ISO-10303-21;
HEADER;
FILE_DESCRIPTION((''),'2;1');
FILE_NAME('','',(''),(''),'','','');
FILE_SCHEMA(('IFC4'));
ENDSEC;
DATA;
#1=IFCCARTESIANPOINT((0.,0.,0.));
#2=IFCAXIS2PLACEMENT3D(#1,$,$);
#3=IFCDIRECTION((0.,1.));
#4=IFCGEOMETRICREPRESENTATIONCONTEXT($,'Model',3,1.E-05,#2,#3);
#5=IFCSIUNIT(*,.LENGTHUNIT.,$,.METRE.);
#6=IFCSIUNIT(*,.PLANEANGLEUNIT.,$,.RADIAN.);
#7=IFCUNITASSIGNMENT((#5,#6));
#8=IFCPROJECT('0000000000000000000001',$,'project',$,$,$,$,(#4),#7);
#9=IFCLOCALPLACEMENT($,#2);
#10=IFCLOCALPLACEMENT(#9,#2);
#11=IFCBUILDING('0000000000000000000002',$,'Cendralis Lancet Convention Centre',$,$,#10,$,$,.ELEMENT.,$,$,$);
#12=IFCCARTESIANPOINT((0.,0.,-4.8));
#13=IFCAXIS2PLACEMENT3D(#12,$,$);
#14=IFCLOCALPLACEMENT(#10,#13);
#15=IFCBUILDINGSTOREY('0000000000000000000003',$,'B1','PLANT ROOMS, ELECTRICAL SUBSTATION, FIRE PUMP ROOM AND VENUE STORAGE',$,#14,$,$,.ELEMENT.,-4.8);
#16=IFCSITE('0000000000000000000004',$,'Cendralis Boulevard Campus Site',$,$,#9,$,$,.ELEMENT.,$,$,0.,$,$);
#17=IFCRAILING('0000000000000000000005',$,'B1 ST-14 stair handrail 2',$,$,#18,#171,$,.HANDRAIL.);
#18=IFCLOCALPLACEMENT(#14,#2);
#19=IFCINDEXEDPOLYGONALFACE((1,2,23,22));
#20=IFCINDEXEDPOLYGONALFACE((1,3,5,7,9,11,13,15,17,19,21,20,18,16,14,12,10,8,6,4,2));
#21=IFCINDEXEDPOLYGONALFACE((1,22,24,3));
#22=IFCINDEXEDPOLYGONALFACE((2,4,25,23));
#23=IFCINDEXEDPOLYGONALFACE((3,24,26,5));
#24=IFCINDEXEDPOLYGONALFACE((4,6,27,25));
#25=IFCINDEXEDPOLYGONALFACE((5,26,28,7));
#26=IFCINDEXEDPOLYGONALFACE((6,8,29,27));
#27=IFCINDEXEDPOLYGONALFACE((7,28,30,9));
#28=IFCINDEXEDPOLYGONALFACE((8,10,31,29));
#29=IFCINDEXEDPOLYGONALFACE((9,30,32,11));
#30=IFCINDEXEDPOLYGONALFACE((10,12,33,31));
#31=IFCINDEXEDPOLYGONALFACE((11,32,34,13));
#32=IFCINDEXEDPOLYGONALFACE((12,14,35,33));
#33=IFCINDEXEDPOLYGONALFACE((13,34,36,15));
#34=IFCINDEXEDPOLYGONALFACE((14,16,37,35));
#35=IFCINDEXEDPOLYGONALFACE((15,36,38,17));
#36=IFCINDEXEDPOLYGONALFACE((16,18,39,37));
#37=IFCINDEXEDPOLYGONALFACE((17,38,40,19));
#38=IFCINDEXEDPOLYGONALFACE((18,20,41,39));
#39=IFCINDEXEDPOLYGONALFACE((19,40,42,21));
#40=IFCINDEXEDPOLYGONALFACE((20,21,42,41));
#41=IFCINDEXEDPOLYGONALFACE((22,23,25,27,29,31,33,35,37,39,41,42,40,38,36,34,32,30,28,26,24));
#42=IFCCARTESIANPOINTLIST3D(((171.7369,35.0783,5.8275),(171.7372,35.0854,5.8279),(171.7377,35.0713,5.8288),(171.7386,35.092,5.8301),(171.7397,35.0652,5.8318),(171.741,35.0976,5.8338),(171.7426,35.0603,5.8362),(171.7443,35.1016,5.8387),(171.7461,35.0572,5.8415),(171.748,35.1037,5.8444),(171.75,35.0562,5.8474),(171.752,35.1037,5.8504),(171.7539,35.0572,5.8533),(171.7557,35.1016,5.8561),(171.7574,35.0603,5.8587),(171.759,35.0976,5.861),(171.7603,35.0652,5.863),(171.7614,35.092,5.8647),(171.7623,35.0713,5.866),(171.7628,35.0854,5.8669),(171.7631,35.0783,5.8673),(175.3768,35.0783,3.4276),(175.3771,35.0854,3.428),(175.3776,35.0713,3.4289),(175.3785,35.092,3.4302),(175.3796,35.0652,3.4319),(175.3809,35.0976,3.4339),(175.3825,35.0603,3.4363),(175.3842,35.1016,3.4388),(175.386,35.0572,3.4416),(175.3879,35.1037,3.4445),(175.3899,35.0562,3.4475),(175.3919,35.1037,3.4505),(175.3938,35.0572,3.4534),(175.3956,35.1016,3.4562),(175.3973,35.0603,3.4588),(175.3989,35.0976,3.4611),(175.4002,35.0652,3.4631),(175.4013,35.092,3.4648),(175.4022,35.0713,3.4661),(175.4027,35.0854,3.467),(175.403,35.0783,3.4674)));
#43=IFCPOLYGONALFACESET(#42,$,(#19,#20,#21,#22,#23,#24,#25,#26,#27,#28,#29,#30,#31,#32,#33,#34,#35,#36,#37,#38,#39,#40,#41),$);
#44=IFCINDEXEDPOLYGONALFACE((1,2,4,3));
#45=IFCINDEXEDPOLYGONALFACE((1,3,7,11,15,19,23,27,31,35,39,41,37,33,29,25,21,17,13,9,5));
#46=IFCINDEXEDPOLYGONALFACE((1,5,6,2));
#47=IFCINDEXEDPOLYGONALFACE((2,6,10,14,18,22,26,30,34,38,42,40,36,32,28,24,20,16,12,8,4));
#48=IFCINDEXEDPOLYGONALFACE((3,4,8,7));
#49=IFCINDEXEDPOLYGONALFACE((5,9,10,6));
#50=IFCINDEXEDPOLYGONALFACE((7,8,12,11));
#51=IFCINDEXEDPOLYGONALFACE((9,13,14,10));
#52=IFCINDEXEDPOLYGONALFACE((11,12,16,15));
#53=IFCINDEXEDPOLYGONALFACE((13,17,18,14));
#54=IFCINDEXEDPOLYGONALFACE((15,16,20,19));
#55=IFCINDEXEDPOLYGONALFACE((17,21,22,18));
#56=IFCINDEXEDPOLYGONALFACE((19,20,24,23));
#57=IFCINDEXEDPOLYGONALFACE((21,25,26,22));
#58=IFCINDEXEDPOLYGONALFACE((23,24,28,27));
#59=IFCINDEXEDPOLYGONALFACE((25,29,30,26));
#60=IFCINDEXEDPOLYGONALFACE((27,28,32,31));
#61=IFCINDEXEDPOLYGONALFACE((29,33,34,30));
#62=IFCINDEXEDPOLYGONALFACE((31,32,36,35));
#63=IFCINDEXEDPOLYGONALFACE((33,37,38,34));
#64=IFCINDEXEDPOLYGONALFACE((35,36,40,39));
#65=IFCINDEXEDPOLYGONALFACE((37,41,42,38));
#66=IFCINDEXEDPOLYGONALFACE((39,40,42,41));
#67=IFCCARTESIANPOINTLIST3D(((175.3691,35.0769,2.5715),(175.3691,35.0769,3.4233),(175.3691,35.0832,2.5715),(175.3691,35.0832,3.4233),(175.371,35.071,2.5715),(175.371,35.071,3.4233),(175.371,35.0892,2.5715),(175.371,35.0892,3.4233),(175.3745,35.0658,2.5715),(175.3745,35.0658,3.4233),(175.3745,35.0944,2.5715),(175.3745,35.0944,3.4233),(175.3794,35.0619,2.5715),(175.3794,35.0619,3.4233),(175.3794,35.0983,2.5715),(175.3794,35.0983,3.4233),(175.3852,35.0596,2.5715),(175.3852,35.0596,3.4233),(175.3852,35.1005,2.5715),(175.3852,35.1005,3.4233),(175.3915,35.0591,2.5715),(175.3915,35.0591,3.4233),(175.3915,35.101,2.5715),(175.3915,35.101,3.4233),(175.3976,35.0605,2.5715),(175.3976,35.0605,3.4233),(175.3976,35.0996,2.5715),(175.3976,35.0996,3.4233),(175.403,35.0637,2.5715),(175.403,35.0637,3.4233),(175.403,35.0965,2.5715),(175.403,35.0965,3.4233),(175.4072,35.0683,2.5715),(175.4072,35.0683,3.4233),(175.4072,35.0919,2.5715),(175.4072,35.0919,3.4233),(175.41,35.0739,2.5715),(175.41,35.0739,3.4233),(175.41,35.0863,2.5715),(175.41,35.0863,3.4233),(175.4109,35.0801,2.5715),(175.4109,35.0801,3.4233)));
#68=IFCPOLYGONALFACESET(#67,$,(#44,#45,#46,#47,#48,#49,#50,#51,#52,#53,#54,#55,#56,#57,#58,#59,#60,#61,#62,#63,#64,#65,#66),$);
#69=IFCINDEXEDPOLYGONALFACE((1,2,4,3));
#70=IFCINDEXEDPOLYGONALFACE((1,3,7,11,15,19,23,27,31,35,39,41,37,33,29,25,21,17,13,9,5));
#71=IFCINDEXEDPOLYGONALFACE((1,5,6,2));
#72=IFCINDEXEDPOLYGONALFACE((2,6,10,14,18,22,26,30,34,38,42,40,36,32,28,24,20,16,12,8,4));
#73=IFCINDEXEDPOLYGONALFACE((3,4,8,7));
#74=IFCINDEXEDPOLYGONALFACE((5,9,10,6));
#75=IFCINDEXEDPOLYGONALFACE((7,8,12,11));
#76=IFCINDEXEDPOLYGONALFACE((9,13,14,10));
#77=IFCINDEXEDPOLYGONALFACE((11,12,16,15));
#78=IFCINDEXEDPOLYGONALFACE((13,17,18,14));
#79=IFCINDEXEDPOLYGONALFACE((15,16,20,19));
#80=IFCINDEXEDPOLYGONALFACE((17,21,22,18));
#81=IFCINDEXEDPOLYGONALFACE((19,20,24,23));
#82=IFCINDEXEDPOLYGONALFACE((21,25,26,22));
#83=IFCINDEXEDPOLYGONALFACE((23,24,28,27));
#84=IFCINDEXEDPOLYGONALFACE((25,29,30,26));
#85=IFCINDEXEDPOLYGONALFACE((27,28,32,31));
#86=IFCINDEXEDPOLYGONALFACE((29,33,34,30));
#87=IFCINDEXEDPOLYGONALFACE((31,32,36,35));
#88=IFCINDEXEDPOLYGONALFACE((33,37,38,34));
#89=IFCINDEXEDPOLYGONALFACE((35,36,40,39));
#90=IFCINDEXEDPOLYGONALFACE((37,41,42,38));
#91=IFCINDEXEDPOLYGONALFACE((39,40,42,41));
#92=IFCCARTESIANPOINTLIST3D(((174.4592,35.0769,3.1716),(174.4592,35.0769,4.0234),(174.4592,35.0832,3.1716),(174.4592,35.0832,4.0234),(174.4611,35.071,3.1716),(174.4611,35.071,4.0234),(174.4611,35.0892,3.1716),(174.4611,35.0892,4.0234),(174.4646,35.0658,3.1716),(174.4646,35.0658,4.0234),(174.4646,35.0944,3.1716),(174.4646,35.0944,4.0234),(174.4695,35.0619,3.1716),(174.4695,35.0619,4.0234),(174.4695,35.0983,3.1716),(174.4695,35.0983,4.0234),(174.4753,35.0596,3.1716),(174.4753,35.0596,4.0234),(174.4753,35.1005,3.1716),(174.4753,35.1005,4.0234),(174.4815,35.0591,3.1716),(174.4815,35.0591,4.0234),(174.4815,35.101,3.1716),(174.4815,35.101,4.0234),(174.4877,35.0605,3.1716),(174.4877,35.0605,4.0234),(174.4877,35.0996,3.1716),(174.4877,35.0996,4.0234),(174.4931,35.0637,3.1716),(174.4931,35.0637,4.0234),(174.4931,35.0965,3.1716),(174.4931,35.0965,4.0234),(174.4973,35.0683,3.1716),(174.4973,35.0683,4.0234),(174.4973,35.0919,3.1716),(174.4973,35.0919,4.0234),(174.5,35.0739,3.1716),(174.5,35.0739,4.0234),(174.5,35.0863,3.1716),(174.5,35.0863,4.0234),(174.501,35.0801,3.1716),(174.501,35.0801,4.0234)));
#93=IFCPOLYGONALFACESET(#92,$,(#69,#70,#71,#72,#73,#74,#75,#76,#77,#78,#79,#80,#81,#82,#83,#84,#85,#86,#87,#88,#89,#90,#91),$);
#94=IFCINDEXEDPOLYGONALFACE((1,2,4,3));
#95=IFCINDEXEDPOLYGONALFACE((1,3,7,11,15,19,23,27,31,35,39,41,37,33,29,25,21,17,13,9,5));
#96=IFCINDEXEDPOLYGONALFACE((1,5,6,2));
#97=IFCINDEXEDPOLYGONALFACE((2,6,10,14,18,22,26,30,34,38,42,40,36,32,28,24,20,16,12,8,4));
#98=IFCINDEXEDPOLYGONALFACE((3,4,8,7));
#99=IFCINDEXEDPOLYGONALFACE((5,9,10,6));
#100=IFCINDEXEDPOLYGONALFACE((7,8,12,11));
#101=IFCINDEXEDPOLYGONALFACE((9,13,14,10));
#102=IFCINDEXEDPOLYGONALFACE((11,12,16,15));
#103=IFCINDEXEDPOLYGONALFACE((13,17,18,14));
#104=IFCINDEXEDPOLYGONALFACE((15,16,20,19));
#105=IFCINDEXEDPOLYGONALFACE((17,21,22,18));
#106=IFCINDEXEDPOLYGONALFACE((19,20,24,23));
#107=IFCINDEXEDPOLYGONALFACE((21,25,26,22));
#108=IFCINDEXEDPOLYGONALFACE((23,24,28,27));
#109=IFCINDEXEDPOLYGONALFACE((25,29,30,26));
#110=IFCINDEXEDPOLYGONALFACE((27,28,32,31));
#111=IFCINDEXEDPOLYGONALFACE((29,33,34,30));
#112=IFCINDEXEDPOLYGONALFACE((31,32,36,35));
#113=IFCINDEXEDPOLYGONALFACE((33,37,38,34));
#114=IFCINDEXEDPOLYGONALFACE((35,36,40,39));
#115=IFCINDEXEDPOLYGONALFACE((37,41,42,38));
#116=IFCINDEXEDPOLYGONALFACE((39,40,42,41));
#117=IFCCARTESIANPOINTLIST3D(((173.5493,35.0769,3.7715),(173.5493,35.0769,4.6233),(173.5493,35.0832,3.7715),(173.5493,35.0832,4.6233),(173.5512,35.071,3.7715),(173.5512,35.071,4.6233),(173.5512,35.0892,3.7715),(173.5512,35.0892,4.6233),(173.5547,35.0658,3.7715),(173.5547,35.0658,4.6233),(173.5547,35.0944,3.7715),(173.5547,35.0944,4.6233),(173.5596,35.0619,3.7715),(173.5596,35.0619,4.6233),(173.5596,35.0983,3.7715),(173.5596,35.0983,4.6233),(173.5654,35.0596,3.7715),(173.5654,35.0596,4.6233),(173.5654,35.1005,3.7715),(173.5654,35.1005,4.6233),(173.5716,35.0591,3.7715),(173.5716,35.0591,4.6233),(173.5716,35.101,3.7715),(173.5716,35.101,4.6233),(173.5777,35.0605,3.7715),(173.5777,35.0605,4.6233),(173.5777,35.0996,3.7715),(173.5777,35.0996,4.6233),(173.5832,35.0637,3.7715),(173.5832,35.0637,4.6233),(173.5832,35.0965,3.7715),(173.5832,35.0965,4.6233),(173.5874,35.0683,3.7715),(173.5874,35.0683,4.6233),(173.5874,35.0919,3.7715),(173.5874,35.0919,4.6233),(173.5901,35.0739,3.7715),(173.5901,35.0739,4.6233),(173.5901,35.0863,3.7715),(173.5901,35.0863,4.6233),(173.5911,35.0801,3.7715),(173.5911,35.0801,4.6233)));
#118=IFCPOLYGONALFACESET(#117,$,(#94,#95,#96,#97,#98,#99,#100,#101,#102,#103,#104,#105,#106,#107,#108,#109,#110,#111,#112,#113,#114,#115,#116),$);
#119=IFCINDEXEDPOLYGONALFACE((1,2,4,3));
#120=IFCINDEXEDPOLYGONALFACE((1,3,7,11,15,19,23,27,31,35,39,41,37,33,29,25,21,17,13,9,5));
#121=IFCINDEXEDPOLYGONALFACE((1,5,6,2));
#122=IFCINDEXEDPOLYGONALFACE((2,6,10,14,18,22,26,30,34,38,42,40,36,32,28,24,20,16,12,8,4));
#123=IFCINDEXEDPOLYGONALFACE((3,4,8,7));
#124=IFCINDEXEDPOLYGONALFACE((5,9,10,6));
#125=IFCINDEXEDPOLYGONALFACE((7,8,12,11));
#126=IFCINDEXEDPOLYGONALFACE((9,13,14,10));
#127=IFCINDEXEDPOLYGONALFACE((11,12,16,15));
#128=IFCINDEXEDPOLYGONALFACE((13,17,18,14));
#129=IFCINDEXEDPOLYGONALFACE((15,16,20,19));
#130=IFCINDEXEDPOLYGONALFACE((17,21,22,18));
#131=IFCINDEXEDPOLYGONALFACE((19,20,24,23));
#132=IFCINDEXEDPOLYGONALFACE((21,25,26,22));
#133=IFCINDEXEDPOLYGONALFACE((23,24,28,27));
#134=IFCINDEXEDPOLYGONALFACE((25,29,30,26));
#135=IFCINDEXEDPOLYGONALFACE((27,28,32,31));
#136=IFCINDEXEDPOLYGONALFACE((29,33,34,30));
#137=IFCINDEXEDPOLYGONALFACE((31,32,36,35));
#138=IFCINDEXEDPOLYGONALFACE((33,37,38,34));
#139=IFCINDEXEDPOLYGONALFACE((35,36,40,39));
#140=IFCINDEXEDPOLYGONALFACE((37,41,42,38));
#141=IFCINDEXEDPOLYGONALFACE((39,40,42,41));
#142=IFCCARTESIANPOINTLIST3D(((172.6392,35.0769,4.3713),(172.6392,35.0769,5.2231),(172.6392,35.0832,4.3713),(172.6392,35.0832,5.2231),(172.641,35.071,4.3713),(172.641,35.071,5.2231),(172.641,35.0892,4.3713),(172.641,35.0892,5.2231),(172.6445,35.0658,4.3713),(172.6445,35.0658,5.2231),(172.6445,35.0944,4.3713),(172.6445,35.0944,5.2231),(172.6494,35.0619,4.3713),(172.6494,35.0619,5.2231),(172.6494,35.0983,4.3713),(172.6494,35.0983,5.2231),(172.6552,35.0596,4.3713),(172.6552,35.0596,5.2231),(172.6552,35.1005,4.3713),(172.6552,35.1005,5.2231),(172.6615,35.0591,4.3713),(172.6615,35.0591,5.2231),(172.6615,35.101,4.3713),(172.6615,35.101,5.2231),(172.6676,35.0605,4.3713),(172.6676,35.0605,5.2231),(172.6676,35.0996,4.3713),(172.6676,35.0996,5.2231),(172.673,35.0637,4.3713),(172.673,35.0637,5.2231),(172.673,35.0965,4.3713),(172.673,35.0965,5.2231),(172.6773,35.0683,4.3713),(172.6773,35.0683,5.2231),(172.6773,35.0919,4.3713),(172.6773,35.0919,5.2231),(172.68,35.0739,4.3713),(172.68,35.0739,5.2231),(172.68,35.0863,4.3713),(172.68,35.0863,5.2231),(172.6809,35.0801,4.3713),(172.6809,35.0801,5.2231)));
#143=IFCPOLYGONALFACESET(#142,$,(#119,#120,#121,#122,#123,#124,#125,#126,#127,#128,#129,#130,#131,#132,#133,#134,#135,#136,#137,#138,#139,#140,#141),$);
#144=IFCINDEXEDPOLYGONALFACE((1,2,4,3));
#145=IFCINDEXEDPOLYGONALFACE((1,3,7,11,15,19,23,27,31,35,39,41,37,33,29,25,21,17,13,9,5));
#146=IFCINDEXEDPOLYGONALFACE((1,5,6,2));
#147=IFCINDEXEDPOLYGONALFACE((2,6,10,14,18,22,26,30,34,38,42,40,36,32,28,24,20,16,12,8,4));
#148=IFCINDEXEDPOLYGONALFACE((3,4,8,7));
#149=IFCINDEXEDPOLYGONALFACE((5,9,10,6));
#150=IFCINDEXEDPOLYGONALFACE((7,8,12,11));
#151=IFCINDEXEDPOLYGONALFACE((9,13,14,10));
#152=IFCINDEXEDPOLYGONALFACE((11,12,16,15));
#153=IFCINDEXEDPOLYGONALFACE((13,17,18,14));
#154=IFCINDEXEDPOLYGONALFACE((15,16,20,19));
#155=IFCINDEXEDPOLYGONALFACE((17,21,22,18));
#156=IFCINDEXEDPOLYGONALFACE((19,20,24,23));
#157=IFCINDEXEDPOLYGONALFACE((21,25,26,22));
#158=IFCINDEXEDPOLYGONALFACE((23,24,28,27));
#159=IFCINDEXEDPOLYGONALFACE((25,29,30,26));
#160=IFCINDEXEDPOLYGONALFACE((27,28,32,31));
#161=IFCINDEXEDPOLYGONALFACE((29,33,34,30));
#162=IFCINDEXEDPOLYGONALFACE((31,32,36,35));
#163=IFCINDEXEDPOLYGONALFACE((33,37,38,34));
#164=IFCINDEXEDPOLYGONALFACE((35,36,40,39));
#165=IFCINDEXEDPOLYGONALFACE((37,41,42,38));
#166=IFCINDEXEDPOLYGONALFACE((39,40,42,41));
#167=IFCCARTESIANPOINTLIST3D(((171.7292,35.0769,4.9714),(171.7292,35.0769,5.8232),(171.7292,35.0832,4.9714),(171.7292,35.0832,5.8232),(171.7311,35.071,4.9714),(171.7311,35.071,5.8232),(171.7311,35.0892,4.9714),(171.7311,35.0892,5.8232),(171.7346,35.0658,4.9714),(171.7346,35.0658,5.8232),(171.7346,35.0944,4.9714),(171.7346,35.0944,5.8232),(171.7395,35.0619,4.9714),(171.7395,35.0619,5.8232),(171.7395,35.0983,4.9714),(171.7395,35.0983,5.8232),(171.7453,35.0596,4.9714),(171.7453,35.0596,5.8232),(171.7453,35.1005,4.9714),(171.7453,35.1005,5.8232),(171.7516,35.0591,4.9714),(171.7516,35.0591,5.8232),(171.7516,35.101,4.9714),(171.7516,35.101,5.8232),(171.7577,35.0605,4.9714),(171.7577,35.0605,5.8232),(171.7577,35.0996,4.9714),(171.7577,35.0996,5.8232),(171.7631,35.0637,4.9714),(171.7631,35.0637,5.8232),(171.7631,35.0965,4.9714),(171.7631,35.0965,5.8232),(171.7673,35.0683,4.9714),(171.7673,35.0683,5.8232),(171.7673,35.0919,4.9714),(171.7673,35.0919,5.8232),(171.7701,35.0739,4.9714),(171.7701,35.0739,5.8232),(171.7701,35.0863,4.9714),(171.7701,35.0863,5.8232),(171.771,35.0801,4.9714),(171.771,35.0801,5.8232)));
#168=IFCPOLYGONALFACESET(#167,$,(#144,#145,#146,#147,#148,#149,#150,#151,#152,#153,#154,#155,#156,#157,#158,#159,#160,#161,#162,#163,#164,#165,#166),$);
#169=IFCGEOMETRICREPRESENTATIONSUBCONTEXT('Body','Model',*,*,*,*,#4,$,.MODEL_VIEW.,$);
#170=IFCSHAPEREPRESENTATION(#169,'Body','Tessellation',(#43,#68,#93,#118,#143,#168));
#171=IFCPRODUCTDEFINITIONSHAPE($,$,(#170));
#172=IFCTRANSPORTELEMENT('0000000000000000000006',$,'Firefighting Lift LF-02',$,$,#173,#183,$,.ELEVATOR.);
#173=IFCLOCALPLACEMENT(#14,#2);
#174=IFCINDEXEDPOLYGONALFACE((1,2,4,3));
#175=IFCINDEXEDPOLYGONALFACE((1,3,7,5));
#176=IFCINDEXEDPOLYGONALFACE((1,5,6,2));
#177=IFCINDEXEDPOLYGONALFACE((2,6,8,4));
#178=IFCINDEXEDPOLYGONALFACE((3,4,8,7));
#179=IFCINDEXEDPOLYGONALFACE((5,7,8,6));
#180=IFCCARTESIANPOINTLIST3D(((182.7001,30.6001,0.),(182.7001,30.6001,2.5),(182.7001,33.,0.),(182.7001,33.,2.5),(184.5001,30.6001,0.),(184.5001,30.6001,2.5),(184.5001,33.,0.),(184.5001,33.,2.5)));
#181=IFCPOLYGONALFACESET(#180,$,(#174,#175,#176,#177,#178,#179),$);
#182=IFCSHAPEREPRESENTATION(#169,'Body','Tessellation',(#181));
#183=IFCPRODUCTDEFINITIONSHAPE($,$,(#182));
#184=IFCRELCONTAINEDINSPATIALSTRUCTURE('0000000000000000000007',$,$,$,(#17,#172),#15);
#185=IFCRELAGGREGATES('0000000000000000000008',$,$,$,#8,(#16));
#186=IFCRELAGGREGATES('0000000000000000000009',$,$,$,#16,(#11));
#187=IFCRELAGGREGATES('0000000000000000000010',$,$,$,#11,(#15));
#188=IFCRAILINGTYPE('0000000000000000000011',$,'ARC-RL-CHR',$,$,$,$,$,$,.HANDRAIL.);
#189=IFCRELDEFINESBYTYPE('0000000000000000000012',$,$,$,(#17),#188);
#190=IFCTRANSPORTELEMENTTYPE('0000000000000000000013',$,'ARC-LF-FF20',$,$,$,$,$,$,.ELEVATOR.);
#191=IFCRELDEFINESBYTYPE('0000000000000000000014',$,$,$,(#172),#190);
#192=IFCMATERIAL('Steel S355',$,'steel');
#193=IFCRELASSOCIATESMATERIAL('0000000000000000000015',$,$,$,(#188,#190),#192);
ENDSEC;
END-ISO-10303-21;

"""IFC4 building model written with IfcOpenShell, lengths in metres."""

from ifc_helpers import new_model, si_unit, direction, frame, origin, origin_2d, place, context, subcontext, project, spatial, rectangle, circle, extrude, material, type_object, element, save


model = new_model("IFC4")

# Units and contexts
model_context = context("Model", 3, precision=1e-05, world=origin(), true_north=direction((0.0, 1.0)))
body_context = subcontext(model_context, "Body", "Model", "MODEL_VIEW")
ifc_project = project(units=[si_unit("LENGTHUNIT", "METRE"), si_unit("PLANEANGLEUNIT", "RADIAN")], contexts=[model_context])

# Site, building, storey
site_placement = place(None, origin())
site = spatial("IfcSite", under=ifc_project, at=site_placement, Name="Cendralis Boulevard Campus Site", CompositionType="ELEMENT", RefElevation=0.0)
building_placement = place(site_placement, origin())
building = spatial("IfcBuilding", under=site, at=building_placement, Name="Cendralis Lancet Convention Centre", CompositionType="ELEMENT")
storey_placement = place(building_placement, frame((0.0, 0.0, -4.8)))
storey = spatial("IfcBuildingStorey", under=building, at=storey_placement, Name="B1", Description="PLANT ROOMS, ELECTRICAL SUBSTATION, FIRE PUMP ROOM AND VENUE STORAGE", CompositionType="ELEMENT", Elevation=-4.8)

# Shared definitions
ifc_material_1 = material(Name="Steel S355", Category="steel")

# Railing
railing_type_1 = type_object("IfcRailingType", Name="ARC-RL-CHR", PredefinedType="HANDRAIL", material=ifc_material_1)
railing_1_placement = place(storey_placement, frame((175.3899, 35.0801, 2.5715)))
element("IfcRailing", 1, at=railing_1_placement, inside=storey, type_object=railing_type_1, Name="B1 ST-14 stair handrail 2", PredefinedType="HANDRAIL", context=body_context, shape_type="SweptSolid", body=[
    extrude(circle(Radius=0.0239, at=origin_2d()), frame((0.0, 0.0, 0.876), z_axis=(-0.834865, 0.0, 0.550454), x_axis=(0.0, -1.0, 0.0)), (0.0, 0.0, 1.0), 4.3599),
    extrude(circle(Radius=0.021, at=origin_2d()), origin(), (0.0, 0.0, 1.0), 0.8518),
    extrude(circle(Radius=0.021, at=origin_2d()), frame((-0.9099, 0.0, 0.6001)), (0.0, 0.0, 1.0), 0.8518),
    extrude(circle(Radius=0.021, at=origin_2d()), frame((-1.8198, 0.0, 1.2)), (0.0, 0.0, 1.0), 0.8518),
    extrude(circle(Radius=0.021, at=origin_2d()), frame((-2.73, 0.0, 1.7998)), (0.0, 0.0, 1.0), 0.8518),
    extrude(circle(Radius=0.021, at=origin_2d()), frame((-3.6399, 0.0, 2.3999)), (0.0, 0.0, 1.0), 0.8518),
])

# Transport element
transport_element_type = type_object("IfcTransportElementType", Name="ARC-LF-FF20", PredefinedType="ELEVATOR", material=ifc_material_1)
transport_element_placement = place(storey_placement, frame((183.6001, 31.8, 0.0), z_axis=(0.0, 0.0, 1.0), x_axis=(1.0, 0.0, 0.0)))
element("IfcTransportElement", 2, at=transport_element_placement, inside=storey, type_object=transport_element_type, Name="Firefighting Lift LF-02", PredefinedType="ELEVATOR", context=body_context, shape_type="SweptSolid", body=[
    extrude(rectangle(XDim=1.8, YDim=2.3999, at=origin_2d()), origin(), (0.0, 0.0, 1.0), 2.5),
])

save(model, "model.ifc")
